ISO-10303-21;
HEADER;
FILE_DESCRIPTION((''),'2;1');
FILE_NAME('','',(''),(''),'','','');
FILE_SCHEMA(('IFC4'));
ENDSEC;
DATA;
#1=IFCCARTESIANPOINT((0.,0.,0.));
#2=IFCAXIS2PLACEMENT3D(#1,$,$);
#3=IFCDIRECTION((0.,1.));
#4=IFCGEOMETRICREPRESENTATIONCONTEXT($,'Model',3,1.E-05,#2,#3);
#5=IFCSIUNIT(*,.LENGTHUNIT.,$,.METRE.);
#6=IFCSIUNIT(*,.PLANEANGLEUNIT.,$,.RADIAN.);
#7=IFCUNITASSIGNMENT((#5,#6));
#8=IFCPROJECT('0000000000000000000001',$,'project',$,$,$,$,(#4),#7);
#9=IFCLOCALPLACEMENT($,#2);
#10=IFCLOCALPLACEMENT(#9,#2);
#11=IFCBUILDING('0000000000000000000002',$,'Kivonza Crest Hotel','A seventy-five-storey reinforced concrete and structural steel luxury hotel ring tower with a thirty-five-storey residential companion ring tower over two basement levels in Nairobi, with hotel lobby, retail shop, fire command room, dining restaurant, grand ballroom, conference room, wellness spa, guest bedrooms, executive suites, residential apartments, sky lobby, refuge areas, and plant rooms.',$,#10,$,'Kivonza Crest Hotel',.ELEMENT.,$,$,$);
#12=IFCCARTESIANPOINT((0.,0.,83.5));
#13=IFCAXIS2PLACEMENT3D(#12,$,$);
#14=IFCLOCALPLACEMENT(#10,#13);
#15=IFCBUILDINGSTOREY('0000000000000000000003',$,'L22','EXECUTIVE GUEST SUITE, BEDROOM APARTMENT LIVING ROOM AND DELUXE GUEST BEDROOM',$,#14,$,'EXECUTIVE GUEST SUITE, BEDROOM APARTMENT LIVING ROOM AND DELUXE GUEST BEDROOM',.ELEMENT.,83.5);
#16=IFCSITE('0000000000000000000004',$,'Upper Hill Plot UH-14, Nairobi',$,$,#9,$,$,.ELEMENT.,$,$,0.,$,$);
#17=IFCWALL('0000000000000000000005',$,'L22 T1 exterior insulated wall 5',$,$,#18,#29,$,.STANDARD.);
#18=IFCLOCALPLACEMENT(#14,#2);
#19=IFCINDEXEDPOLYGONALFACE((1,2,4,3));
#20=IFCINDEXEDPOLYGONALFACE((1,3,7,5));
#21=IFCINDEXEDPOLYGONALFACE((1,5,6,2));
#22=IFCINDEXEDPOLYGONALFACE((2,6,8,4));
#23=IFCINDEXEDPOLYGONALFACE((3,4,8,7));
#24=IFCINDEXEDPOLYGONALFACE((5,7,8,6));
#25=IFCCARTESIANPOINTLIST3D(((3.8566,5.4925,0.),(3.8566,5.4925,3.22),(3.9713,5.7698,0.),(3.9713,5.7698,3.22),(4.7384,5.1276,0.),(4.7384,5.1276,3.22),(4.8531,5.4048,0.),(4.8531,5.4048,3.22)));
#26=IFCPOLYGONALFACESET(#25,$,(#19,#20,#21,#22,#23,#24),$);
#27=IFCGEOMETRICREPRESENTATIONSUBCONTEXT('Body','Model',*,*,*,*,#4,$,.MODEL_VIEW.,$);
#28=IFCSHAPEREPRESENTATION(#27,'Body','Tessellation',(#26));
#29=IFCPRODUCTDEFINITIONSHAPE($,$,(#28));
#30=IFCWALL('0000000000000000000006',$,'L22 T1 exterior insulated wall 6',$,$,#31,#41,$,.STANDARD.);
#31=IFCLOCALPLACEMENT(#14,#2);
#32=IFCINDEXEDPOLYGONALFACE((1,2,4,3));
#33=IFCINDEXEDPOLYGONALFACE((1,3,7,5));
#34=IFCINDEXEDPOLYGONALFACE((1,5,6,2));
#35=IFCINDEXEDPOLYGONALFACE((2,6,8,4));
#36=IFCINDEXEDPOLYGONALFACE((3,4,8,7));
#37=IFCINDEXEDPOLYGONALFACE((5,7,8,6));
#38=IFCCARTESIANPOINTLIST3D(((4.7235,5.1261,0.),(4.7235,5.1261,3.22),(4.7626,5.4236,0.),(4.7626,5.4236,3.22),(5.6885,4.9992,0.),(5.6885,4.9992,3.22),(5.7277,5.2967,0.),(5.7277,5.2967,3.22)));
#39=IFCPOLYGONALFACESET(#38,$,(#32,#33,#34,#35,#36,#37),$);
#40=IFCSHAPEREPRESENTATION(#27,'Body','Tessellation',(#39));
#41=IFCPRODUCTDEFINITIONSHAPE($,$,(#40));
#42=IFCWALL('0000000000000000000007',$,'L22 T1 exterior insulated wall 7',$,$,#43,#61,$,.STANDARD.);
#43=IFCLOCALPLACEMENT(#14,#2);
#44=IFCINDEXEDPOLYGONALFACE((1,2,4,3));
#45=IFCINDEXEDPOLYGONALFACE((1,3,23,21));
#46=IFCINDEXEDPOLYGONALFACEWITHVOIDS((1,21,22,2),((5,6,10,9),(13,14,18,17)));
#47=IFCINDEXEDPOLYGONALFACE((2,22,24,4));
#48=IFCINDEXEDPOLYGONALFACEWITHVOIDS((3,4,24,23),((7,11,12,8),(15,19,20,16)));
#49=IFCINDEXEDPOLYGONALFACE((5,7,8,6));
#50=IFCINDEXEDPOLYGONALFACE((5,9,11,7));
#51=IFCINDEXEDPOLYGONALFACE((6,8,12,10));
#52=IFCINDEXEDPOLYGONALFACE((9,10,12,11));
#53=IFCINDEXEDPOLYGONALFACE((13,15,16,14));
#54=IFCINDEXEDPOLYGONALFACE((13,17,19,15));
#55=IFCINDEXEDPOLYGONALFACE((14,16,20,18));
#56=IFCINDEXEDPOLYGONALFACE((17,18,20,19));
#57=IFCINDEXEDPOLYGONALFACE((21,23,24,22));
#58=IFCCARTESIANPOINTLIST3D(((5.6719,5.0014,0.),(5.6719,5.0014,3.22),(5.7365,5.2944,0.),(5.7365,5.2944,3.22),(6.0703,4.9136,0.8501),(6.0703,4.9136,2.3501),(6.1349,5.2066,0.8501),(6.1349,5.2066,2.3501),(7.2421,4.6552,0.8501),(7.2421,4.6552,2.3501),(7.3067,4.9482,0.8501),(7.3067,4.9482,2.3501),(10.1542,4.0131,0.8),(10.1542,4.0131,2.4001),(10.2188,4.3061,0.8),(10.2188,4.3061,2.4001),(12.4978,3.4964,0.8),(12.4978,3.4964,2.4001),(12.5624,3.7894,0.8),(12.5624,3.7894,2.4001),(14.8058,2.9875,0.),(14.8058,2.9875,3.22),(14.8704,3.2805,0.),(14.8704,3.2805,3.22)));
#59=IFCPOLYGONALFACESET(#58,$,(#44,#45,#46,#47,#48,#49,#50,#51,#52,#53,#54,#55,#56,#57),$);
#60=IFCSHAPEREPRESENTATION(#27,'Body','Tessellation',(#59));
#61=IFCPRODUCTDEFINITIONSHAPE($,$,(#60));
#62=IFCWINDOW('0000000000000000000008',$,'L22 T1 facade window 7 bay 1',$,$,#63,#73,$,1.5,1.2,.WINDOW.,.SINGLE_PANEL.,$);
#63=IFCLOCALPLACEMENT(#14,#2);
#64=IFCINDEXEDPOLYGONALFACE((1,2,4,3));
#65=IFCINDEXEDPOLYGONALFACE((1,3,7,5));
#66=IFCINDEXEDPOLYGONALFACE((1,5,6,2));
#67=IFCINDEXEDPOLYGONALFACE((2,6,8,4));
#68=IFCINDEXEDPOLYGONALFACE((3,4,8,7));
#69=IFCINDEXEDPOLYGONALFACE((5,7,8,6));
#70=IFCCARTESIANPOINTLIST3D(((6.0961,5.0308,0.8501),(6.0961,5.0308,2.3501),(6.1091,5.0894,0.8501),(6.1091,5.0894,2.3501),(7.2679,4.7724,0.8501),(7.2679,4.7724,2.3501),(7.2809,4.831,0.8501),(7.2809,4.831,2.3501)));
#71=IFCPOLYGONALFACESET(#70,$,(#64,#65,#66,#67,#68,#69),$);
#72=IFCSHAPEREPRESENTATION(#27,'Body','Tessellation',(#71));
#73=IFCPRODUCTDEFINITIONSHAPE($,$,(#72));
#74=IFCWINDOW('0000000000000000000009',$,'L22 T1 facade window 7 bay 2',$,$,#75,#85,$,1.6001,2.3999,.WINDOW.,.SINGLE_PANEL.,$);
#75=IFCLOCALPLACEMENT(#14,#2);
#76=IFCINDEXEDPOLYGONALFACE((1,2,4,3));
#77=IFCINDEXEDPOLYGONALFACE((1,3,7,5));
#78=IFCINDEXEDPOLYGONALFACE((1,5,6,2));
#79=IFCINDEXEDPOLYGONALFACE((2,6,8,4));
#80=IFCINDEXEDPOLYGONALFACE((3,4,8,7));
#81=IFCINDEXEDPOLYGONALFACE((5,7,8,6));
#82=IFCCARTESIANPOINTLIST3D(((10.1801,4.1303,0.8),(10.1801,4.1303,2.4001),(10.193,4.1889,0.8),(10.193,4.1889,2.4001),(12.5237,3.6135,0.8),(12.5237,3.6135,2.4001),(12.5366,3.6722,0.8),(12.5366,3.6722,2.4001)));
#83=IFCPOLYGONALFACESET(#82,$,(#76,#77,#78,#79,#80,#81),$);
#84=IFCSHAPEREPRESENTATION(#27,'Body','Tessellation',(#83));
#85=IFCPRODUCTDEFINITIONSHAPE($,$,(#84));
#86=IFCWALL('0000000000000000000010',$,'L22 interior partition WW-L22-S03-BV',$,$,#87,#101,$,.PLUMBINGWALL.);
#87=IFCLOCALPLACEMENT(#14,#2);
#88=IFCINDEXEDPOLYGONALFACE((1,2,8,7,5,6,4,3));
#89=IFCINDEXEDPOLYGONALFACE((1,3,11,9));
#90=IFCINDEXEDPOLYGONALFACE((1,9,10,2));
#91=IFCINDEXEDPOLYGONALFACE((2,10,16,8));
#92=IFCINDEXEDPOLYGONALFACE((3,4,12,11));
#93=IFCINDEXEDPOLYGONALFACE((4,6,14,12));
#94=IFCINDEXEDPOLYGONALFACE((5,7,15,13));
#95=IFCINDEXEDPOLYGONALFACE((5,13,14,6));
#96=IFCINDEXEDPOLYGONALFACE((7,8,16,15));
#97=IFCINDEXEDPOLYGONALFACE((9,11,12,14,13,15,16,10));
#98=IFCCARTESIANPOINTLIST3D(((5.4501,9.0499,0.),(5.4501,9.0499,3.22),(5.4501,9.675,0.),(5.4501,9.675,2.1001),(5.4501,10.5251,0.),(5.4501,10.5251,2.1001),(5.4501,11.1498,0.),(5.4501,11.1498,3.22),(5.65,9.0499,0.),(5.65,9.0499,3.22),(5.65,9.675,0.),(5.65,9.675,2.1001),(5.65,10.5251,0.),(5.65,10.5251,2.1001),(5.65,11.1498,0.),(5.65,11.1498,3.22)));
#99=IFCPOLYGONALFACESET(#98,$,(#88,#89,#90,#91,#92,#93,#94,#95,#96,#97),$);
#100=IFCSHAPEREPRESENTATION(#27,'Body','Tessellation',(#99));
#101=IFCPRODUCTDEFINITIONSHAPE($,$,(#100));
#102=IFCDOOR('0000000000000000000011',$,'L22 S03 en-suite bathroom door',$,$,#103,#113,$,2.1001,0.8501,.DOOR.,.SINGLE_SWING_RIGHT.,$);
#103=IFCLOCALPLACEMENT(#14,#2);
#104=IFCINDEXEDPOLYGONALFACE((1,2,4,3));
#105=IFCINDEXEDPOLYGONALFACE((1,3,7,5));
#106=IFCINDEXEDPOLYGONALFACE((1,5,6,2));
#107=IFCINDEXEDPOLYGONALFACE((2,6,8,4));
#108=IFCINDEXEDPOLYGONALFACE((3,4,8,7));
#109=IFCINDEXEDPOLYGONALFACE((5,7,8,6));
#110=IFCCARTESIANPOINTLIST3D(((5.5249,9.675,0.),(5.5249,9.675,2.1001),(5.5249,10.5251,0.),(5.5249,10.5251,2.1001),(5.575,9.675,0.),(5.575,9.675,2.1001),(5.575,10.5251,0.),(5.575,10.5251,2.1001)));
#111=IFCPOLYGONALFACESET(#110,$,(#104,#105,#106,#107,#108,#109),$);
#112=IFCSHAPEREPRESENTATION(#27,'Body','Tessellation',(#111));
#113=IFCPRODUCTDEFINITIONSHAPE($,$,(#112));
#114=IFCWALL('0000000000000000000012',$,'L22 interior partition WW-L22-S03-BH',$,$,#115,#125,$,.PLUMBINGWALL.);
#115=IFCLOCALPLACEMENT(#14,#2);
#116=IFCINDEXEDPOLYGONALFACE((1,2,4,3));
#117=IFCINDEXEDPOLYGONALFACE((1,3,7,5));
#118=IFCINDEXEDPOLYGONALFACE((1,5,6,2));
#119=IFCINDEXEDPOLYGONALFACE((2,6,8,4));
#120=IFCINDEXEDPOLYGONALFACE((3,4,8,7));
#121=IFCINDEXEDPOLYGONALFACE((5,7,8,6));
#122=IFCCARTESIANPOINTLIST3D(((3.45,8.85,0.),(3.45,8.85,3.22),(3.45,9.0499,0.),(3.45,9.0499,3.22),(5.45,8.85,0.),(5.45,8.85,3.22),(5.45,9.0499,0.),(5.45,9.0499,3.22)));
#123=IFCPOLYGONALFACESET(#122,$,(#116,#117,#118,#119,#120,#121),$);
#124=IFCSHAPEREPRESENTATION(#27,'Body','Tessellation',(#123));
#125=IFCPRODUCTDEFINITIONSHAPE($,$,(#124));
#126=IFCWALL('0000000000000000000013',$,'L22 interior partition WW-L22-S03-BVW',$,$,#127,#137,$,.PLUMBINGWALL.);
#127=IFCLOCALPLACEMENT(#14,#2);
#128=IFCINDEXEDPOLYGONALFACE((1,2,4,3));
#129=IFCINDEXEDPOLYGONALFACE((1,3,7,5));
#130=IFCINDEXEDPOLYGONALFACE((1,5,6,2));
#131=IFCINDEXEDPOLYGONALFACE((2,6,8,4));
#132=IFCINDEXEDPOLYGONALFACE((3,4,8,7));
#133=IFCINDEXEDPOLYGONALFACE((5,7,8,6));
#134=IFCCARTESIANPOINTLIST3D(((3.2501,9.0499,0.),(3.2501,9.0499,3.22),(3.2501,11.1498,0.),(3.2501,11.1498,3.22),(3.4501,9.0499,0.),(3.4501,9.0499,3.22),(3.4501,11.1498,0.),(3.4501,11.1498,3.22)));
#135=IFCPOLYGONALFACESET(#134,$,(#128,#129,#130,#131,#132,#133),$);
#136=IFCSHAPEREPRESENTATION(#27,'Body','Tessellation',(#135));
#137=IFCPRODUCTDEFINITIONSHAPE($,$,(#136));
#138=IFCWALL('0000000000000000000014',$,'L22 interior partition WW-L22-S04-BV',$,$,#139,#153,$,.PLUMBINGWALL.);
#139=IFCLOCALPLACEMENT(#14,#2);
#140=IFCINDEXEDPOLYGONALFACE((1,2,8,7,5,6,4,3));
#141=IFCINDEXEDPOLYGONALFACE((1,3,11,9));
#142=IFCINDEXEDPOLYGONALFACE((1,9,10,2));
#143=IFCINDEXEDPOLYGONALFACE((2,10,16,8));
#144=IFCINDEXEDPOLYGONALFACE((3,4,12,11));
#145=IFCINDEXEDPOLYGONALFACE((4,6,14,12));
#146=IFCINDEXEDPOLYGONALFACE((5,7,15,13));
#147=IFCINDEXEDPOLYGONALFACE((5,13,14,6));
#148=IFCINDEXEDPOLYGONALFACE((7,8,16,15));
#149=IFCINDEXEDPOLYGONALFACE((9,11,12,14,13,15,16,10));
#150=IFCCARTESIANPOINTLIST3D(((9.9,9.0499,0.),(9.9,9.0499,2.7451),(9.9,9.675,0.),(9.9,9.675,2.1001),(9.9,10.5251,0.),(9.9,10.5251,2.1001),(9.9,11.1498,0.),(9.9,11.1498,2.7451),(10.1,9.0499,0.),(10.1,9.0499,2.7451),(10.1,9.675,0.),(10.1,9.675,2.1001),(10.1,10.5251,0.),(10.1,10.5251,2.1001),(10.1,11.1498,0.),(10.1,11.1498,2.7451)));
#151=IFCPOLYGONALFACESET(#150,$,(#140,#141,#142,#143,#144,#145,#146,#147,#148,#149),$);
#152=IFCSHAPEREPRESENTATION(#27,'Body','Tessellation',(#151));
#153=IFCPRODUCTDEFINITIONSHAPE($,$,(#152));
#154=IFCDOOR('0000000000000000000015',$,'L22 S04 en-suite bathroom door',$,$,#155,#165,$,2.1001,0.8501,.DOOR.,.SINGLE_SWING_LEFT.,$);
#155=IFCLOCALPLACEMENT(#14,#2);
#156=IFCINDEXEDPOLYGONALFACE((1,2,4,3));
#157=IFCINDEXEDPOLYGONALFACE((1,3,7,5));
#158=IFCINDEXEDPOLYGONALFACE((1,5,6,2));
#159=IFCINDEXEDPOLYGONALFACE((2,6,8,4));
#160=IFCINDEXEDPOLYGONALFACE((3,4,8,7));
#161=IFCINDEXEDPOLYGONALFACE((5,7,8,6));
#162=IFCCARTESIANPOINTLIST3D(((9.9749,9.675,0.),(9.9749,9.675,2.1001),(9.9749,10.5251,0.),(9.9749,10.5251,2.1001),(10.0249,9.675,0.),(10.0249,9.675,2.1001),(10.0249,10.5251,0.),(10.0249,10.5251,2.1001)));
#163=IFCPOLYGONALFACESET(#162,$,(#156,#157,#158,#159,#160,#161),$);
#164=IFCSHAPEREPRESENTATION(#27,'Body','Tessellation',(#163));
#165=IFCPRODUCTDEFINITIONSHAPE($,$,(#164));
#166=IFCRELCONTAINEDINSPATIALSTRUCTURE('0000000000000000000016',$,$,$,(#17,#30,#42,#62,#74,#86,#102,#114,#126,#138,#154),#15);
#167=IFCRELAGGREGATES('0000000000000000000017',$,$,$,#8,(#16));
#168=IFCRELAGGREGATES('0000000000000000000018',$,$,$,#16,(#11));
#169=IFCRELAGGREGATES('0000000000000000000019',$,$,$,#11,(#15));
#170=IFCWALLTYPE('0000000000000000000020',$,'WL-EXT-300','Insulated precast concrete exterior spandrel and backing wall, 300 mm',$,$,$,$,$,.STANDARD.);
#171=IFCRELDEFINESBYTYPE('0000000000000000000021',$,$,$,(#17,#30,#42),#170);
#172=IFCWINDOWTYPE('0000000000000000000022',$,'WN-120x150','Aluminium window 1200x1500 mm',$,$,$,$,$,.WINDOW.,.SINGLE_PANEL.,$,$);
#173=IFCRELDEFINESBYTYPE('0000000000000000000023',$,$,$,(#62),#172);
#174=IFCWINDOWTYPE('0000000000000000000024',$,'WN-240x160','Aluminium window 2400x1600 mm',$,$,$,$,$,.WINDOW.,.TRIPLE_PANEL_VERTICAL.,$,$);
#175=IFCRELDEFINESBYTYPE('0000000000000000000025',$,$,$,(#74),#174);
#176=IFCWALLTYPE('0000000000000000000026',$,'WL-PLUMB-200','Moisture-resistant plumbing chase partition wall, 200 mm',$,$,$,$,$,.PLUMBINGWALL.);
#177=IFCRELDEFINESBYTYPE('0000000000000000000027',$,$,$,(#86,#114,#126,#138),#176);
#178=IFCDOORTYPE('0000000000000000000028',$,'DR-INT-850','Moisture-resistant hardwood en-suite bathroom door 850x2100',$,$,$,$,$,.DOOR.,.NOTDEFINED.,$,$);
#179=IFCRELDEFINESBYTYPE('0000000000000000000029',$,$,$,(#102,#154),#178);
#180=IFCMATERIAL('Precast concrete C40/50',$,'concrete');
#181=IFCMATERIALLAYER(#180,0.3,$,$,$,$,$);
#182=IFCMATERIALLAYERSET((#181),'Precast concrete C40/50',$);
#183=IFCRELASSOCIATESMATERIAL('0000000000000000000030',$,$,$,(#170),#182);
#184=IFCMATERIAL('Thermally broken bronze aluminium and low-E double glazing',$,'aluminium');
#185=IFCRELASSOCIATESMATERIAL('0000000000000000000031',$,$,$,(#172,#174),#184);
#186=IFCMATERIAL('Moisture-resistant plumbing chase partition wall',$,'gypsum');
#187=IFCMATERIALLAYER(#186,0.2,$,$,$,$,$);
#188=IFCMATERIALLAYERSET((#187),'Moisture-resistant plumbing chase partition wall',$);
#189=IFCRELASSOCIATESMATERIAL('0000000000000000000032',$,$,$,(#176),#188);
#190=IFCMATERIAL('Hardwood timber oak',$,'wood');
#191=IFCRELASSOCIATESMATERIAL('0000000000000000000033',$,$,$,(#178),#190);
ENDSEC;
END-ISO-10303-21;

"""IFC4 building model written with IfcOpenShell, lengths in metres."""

from ifc_helpers import new_model, si_unit, direction, frame, frame_2d, origin, place, context, subcontext, project, spatial, rectangle, extrude, material, layer, layer_set, type_object, element, fill, save


model = new_model("IFC4")

# Units and contexts
model_context = context("Model", 3, precision=1e-05, world=origin(), true_north=direction((0.0, 1.0)))
body_context = subcontext(model_context, "Body", "Model", "MODEL_VIEW")
ifc_project = project(units=[si_unit("LENGTHUNIT", "METRE"), si_unit("PLANEANGLEUNIT", "RADIAN")], contexts=[model_context])

# Site, building, storey
site_placement = place(None, origin())
site = spatial("IfcSite", under=ifc_project, at=site_placement, Name="Upper Hill Plot UH-14, Nairobi", CompositionType="ELEMENT", RefElevation=0.0)
building_placement = place(site_placement, origin())
building = spatial("IfcBuilding", under=site, at=building_placement, Name="Kivonza Crest Hotel", Description="A seventy-five-storey reinforced concrete and structural steel luxury hotel ring tower with a thirty-five-storey residential companion ring tower over two basement levels in Nairobi, with hotel lobby, retail shop, fire command room, dining restaurant, grand ballroom, conference room, wellness spa, guest bedrooms, executive suites, residential apartments, sky lobby, refuge areas, and plant rooms.", LongName="Kivonza Crest Hotel", CompositionType="ELEMENT")
storey_placement = place(building_placement, frame((0.0, 0.0, 83.5)))
storey = spatial("IfcBuildingStorey", under=building, at=storey_placement, Name="L22", Description="EXECUTIVE GUEST SUITE, BEDROOM APARTMENT LIVING ROOM AND DELUXE GUEST BEDROOM", LongName="EXECUTIVE GUEST SUITE, BEDROOM APARTMENT LIVING ROOM AND DELUXE GUEST BEDROOM", CompositionType="ELEMENT", Elevation=83.5)

# Walls
ifc_material_1 = material(Name="Precast concrete C40/50", Category="concrete")
ifc_layer_1 = layer(ifc_material_1, 0.3)
ifc_layer_set_1 = layer_set([ifc_layer_1], Name="Precast concrete C40/50")
wall_type_1 = type_object("IfcWallType", Name="WL-EXT-300", Description="Insulated precast concrete exterior spandrel and backing wall, 300 mm", PredefinedType="STANDARD", material=ifc_layer_set_1)
wall_1_placement = place(storey_placement, frame((3.9141, 5.6311, 0.0), z_axis=(0.0, 0.0, 1.0), x_axis=(0.923983, -0.382435, 0.0)))
element("IfcWall", 1, at=wall_1_placement, inside=storey, type_object=wall_type_1, Name="L22 T1 exterior insulated wall 5", PredefinedType="STANDARD", context=body_context, shape_type="SweptSolid", body=[
    extrude(rectangle(XDim=0.9543, YDim=0.3, at=frame_2d((0.4771, 0.0))), origin(), (0.0, 0.0, 1.0), 3.22),
])
wall_2_placement = place(storey_placement, frame((4.7429, 5.2749, 0.0), z_axis=(0.0, 0.0, 1.0), x_axis=(0.991459, -0.130422, 0.0)))
element("IfcWall", 2, at=wall_2_placement, inside=storey, type_object=wall_type_1, Name="L22 T1 exterior insulated wall 6", PredefinedType="STANDARD", context=body_context, shape_type="SweptSolid", body=[
    extrude(rectangle(XDim=0.9734, YDim=0.3, at=frame_2d((0.4868, 0.0))), origin(), (0.0, 0.0, 1.0), 3.22),
])

# Wall, openings, windows
wall_3_placement = place(storey_placement, frame((5.7041, 5.1479, 0.0), z_axis=(0.0, 0.0, 1.0), x_axis=(0.976544, -0.215319, 0.0)))
wall_3 = element("IfcWall", 3, at=wall_3_placement, inside=storey, type_object=wall_type_1, Name="L22 T1 exterior insulated wall 7", PredefinedType="STANDARD", context=body_context, shape_type="SweptSolid", body=[
    extrude(rectangle(XDim=9.3533, YDim=0.3, at=frame_2d((4.6768, 0.0))), origin(), (0.0, 0.0, 1.0), 3.22),
])
opening_1_placement = place(wall_3_placement, frame((0.408, 0.0, 0.8501)))
opening_1 = element("IfcOpeningElement", 4, at=opening_1_placement, cuts=wall_3, PredefinedType="OPENING", context=body_context, shape_type="SweptSolid", body=[
    extrude(rectangle(XDim=1.2, YDim=1.5, at=frame_2d((0.6001, 0.75))), frame((0.0, 0.1602, 0.0), z_axis=(0.0, -1.0, 0.0), x_axis=(1.0, 0.0, 0.0)), (0.0, 0.0, 1.0), 0.3201),
])
opening_2_placement = place(wall_3_placement, frame((4.5901, 0.0, 0.8)))
opening_2 = element("IfcOpeningElement", 5, at=opening_2_placement, cuts=wall_3, PredefinedType="OPENING", context=body_context, shape_type="SweptSolid", body=[
    extrude(rectangle(XDim=2.3999, YDim=1.6001, at=frame_2d((1.2, 0.8))), frame((0.0, 0.1602, 0.0), z_axis=(0.0, -1.0, 0.0), x_axis=(1.0, 0.0, 0.0)), (0.0, 0.0, 1.0), 0.3201),
])
ifc_material_2 = material(Name="Thermally broken bronze aluminium and low-E double glazing", Category="aluminium")
window_type_1 = type_object("IfcWindowType", Name="WN-120x150", Description="Aluminium window 1200x1500 mm", PartitioningType="SINGLE_PANEL", PredefinedType="WINDOW", material=ifc_material_2)
window_1_placement = place(opening_1_placement, origin())
window_1 = element("IfcWindow", 6, at=window_1_placement, inside=storey, type_object=window_type_1, Name="L22 T1 facade window 7 bay 1", OverallHeight=1.5, OverallWidth=1.2, PartitioningType="SINGLE_PANEL", PredefinedType="WINDOW", context=body_context, shape_type="SweptSolid", body=[
    extrude(rectangle(XDim=1.2, YDim=1.5, at=frame_2d((0.6001, 0.75))), frame((0.0, 0.03, 0.0), z_axis=(0.0, -1.0, 0.0), x_axis=(1.0, 0.0, 0.0)), (0.0, 0.0, 1.0), 0.0601),
])
fill(opening_1, window_1)
window_type_2 = type_object("IfcWindowType", Name="WN-240x160", Description="Aluminium window 2400x1600 mm", PartitioningType="TRIPLE_PANEL_VERTICAL", PredefinedType="WINDOW", material=ifc_material_2)
window_2_placement = place(opening_2_placement, origin())
window_2 = element("IfcWindow", 7, at=window_2_placement, inside=storey, type_object=window_type_2, Name="L22 T1 facade window 7 bay 2", OverallHeight=1.6001, OverallWidth=2.3999, PartitioningType="SINGLE_PANEL", PredefinedType="WINDOW", context=body_context, shape_type="SweptSolid", body=[
    extrude(rectangle(XDim=2.3999, YDim=1.6001, at=frame_2d((1.2, 0.8))), frame((0.0, 0.03, 0.0), z_axis=(0.0, -1.0, 0.0), x_axis=(1.0, 0.0, 0.0)), (0.0, 0.0, 1.0), 0.0601),
])
fill(opening_2, window_2)

# Wall, opening, door
ifc_material_3 = material(Name="Moisture-resistant plumbing chase partition wall", Category="gypsum")
ifc_layer_2 = layer(ifc_material_3, 0.2)
ifc_layer_set_2 = layer_set([ifc_layer_2], Name="Moisture-resistant plumbing chase partition wall")
wall_type_2 = type_object("IfcWallType", Name="WL-PLUMB-200", Description="Moisture-resistant plumbing chase partition wall, 200 mm", PredefinedType="PLUMBINGWALL", material=ifc_layer_set_2)
wall_4_placement = place(storey_placement, frame((5.55, 9.05, 0.0), z_axis=(0.0, 0.0, 1.0), x_axis=(0.0, 1.0, 0.0)))
wall_4 = element("IfcWall", 8, at=wall_4_placement, inside=storey, type_object=wall_type_2, Name="L22 interior partition WW-L22-S03-BV", PredefinedType="PLUMBINGWALL", context=body_context, shape_type="SweptSolid", body=[
    extrude(rectangle(XDim=2.0999, YDim=0.2, at=frame_2d((1.0498, 0.0))), origin(), (0.0, 0.0, 1.0), 3.22),
])
opening_3_placement = place(wall_4_placement, frame((0.625, 0.0, 0.0)))
opening_3 = element("IfcOpeningElement", 9, at=opening_3_placement, cuts=wall_4, PredefinedType="OPENING", context=body_context, shape_type="SweptSolid", body=[
    extrude(rectangle(XDim=0.8501, YDim=2.1001, at=frame_2d((0.425, 1.05))), frame((0.0, 0.1099, 0.0), z_axis=(0.0, -1.0, 0.0), x_axis=(1.0, 0.0, 0.0)), (0.0, 0.0, 1.0), 0.22),
])
ifc_material_4 = material(Name="Hardwood timber oak", Category="wood")
door_type = type_object("IfcDoorType", Name="DR-INT-850", Description="Moisture-resistant hardwood en-suite bathroom door 850x2100", OperationType="NOTDEFINED", PredefinedType="DOOR", material=ifc_material_4)
door_1_placement = place(opening_3_placement, frame((0.8501, 0.0, 0.0), z_axis=(0.0, 0.0, 1.0), x_axis=(-1.0, 0.0, 0.0)))
door_1 = element("IfcDoor", 10, at=door_1_placement, inside=storey, type_object=door_type, Name="L22 S03 en-suite bathroom door", OperationType="SINGLE_SWING_RIGHT", OverallHeight=2.1001, OverallWidth=0.8501, PredefinedType="DOOR", context=body_context, shape_type="SweptSolid", body=[
    extrude(rectangle(XDim=0.8501, YDim=2.1001, at=frame_2d((0.425, 1.05))), frame((0.0, 0.0249, 0.0), z_axis=(0.0, -1.0, 0.0), x_axis=(1.0, 0.0, 0.0)), (0.0, 0.0, 1.0), 0.05),
])
fill(opening_3, door_1)

# Walls
wall_5_placement = place(storey_placement, frame((3.45, 8.95, 0.0), z_axis=(0.0, 0.0, 1.0), x_axis=(1.0, 0.0, 0.0)))
element("IfcWall", 11, at=wall_5_placement, inside=storey, type_object=wall_type_2, Name="L22 interior partition WW-L22-S03-BH", PredefinedType="PLUMBINGWALL", context=body_context, shape_type="SweptSolid", body=[
    extrude(rectangle(XDim=2.0, YDim=0.2, at=frame_2d((1.0, 0.0))), origin(), (0.0, 0.0, 1.0), 3.22),
])
wall_6_placement = place(storey_placement, frame((3.3501, 9.05, 0.0), z_axis=(0.0, 0.0, 1.0), x_axis=(0.0, 1.0, 0.0)))
element("IfcWall", 12, at=wall_6_placement, inside=storey, type_object=wall_type_2, Name="L22 interior partition WW-L22-S03-BVW", PredefinedType="PLUMBINGWALL", context=body_context, shape_type="SweptSolid", body=[
    extrude(rectangle(XDim=2.0999, YDim=0.2, at=frame_2d((1.0498, 0.0))), origin(), (0.0, 0.0, 1.0), 3.22),
])

# Wall, opening, door
wall_7_placement = place(storey_placement, frame((10.0, 9.05, 0.0), z_axis=(0.0, 0.0, 1.0), x_axis=(0.0, 1.0, 0.0)))
wall_7 = element("IfcWall", 13, at=wall_7_placement, inside=storey, type_object=wall_type_2, Name="L22 interior partition WW-L22-S04-BV", PredefinedType="PLUMBINGWALL", context=body_context, shape_type="SweptSolid", body=[
    extrude(rectangle(XDim=2.0999, YDim=0.2, at=frame_2d((1.0498, 0.0))), origin(), (0.0, 0.0, 1.0), 2.7451),
])
opening_4_placement = place(wall_7_placement, frame((0.625, 0.0, 0.0)))
opening_4 = element("IfcOpeningElement", 14, at=opening_4_placement, cuts=wall_7, PredefinedType="OPENING", context=body_context, shape_type="SweptSolid", body=[
    extrude(rectangle(XDim=0.8501, YDim=2.1001, at=frame_2d((0.425, 1.05))), frame((0.0, 0.1099, 0.0), z_axis=(0.0, -1.0, 0.0), x_axis=(1.0, 0.0, 0.0)), (0.0, 0.0, 1.0), 0.22),
])
door_2_placement = place(opening_4_placement, frame((0.8501, 0.0, 0.0), z_axis=(0.0, 0.0, 1.0), x_axis=(-1.0, 0.0, 0.0)))
door_2 = element("IfcDoor", 15, at=door_2_placement, inside=storey, type_object=door_type, Name="L22 S04 en-suite bathroom door", OperationType="SINGLE_SWING_LEFT", OverallHeight=2.1001, OverallWidth=0.8501, PredefinedType="DOOR", context=body_context, shape_type="SweptSolid", body=[
    extrude(rectangle(XDim=0.8501, YDim=2.1001, at=frame_2d((0.425, 1.05))), frame((0.0, 0.0249, 0.0), z_axis=(0.0, -1.0, 0.0), x_axis=(1.0, 0.0, 0.0)), (0.0, 0.0, 1.0), 0.05),
])
fill(opening_4, door_2)

save(model, "model.ifc")
